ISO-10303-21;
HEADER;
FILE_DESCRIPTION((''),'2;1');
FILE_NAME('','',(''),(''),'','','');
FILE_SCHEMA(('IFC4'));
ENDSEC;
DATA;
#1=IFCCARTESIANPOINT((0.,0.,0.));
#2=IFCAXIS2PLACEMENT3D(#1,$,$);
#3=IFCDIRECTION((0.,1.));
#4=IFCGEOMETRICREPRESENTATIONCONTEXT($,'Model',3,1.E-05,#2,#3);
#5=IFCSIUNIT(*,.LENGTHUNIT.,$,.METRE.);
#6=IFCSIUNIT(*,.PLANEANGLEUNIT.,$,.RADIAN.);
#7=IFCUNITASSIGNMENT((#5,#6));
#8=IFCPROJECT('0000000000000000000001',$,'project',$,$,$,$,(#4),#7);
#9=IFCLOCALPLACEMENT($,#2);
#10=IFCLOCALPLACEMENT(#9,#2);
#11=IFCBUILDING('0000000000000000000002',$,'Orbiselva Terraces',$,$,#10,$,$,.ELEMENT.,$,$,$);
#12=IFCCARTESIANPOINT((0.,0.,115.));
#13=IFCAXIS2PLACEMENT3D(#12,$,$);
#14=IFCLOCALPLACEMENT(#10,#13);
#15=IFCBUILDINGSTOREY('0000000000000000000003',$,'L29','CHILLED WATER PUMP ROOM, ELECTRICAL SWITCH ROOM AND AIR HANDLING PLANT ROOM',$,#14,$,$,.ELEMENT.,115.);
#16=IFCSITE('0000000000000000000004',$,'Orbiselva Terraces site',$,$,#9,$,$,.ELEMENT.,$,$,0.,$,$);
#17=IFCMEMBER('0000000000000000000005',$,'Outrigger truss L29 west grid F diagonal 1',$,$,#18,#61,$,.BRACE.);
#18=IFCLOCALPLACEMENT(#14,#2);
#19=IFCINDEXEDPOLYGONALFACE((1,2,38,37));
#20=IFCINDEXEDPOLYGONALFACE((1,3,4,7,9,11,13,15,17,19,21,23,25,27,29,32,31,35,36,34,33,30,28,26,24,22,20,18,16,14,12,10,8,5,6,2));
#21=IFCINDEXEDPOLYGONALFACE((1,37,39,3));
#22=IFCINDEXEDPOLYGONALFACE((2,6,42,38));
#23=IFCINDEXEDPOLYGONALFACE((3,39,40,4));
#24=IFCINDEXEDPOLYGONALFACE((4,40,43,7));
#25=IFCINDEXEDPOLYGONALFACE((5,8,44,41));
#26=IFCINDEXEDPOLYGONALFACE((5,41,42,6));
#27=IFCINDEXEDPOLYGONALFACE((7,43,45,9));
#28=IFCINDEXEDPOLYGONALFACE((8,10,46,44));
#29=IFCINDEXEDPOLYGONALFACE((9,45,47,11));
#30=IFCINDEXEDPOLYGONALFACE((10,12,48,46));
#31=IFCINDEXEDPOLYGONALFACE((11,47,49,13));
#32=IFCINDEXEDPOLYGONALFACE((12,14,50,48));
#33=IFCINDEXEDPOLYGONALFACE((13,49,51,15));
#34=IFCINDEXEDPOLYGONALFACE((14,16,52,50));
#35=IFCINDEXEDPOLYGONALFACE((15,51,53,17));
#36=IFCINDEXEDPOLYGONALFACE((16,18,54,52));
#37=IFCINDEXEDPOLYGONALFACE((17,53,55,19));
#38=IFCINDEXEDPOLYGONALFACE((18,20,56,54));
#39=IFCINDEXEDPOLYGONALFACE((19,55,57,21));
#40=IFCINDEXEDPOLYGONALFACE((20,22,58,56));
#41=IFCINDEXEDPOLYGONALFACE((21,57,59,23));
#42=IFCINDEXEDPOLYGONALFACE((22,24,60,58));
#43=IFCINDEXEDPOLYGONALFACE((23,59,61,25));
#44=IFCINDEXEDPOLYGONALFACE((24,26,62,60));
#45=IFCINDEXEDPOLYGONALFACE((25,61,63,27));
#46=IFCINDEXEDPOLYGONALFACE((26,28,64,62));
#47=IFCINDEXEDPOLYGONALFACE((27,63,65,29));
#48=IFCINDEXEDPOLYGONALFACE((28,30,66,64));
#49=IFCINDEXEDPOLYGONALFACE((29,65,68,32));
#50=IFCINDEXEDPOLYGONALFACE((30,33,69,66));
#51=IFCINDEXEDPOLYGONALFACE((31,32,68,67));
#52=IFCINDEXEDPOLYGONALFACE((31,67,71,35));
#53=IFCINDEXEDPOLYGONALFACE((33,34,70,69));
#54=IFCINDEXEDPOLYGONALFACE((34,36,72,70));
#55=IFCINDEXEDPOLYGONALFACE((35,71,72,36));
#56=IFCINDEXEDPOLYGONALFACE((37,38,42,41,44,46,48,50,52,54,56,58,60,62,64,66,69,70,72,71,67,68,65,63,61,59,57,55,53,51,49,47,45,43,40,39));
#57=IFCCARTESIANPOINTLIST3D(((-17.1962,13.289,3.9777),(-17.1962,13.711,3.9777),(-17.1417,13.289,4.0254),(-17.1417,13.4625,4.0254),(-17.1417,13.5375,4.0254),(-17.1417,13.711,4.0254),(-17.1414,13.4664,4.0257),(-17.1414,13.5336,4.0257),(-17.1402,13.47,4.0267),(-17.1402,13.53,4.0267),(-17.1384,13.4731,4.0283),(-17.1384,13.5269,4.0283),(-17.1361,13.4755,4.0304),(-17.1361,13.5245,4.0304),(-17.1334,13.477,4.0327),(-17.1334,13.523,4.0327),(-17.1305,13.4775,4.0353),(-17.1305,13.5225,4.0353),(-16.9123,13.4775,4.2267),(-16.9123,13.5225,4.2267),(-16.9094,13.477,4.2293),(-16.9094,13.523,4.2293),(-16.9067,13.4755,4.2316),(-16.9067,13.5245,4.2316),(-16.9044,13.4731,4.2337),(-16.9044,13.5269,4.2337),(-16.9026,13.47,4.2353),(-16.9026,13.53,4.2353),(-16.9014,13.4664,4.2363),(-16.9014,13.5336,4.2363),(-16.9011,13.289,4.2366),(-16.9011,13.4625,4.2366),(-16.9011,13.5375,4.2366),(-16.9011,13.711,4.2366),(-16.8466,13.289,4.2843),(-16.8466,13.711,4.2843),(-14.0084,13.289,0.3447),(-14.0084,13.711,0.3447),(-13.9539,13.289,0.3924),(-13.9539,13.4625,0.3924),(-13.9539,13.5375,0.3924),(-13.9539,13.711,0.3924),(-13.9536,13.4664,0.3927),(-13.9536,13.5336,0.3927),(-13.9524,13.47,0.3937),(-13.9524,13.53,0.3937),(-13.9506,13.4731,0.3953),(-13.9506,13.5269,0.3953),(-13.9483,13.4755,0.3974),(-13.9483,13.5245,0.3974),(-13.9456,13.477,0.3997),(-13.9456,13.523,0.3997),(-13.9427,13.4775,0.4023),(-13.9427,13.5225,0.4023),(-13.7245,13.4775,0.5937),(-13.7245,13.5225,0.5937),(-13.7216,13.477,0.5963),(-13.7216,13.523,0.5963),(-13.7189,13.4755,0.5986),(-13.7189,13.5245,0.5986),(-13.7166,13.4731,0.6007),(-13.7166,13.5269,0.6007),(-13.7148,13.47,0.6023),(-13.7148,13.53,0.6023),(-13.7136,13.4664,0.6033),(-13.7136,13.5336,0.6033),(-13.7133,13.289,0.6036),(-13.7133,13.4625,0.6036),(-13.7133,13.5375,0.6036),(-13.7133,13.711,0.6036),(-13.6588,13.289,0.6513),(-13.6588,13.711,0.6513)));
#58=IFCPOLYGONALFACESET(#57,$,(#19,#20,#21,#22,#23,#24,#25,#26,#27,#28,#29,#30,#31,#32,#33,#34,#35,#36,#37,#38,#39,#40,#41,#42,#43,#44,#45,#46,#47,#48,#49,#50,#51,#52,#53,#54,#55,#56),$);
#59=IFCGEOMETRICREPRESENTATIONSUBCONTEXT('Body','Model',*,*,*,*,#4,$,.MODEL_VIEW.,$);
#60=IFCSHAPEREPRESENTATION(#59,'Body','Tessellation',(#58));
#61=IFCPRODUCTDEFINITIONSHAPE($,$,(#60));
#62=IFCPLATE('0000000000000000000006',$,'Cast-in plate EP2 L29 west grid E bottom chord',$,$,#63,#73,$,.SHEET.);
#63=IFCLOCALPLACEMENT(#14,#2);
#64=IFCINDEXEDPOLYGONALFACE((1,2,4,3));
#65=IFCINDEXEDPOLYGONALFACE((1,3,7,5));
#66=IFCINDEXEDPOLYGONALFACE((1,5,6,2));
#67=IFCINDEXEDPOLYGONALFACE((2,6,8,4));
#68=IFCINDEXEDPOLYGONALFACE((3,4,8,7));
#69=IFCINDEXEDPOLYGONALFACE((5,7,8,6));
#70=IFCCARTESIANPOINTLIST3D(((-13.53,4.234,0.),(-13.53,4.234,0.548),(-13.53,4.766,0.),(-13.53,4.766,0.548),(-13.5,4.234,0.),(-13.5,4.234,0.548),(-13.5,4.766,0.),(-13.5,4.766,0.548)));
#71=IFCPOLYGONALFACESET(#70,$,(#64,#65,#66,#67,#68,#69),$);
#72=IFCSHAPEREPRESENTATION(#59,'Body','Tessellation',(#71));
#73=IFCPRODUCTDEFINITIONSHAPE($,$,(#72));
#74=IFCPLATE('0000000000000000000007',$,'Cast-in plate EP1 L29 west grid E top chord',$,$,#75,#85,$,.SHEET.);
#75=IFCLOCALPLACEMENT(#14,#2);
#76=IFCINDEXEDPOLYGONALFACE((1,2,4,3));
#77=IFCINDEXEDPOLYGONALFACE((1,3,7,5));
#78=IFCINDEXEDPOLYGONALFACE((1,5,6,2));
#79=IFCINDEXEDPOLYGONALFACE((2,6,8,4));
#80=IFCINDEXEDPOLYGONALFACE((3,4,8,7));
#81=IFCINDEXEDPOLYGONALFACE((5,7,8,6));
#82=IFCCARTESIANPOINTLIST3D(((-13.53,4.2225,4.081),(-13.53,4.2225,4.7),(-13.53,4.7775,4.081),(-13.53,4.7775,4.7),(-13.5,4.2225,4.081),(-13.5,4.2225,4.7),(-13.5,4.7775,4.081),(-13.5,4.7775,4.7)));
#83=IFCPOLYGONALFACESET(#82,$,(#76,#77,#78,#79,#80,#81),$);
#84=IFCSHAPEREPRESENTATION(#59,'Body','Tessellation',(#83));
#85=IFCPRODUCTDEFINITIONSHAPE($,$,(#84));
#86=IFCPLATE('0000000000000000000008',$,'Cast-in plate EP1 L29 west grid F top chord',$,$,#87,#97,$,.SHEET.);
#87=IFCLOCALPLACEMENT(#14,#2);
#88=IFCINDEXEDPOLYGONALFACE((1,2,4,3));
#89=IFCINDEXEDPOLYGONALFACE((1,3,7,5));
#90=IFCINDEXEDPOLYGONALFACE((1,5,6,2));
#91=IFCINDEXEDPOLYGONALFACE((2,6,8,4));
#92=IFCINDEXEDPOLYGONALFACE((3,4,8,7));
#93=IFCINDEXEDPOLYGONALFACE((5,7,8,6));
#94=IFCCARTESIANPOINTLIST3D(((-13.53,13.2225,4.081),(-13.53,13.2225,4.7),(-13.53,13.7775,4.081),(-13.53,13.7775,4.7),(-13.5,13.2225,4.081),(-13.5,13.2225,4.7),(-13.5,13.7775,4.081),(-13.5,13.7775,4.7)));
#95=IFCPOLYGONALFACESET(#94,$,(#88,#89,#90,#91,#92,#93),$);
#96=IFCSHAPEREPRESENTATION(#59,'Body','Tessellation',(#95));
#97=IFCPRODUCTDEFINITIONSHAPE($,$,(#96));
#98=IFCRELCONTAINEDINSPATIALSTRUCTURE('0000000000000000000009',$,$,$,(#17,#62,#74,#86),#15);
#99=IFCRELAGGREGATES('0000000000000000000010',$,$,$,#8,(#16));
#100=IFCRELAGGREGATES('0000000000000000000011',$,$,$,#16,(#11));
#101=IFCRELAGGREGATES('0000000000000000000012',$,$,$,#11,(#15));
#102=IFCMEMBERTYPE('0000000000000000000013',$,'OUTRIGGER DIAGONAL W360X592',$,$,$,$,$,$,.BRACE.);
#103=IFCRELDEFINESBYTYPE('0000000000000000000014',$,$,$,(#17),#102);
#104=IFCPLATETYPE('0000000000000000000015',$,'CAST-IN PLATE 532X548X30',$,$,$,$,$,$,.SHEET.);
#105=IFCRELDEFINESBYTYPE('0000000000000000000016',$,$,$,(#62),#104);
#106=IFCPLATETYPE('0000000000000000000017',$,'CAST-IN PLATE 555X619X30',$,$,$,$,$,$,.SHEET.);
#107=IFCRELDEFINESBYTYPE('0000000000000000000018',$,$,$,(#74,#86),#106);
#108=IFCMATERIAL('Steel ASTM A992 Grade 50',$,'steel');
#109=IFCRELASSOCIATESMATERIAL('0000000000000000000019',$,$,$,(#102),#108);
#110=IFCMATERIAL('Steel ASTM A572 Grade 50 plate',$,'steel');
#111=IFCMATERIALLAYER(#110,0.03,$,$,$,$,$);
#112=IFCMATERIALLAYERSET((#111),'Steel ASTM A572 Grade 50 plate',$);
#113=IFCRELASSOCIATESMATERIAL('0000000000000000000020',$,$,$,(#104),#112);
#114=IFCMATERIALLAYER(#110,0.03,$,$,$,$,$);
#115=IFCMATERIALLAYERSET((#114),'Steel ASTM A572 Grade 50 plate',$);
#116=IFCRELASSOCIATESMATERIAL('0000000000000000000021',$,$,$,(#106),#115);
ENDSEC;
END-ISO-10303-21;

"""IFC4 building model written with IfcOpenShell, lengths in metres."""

from ifc_helpers import new_model, si_unit, direction, frame, origin, origin_2d, place, context, subcontext, project, spatial, rectangle, i_section, extrude, material, layer, layer_set, material_profile, profile_set, type_object, element, save


model = new_model("IFC4")

# Units and contexts
model_context = context("Model", 3, precision=1e-05, world=origin(), true_north=direction((0.0, 1.0)))
body_context = subcontext(model_context, "Body", "Model", "MODEL_VIEW")
ifc_project = project(units=[si_unit("LENGTHUNIT", "METRE"), si_unit("PLANEANGLEUNIT", "RADIAN")], contexts=[model_context])

# Site, building, storey
site_placement = place(None, origin())
site = spatial("IfcSite", under=ifc_project, at=site_placement, Name="Orbiselva Terraces site", CompositionType="ELEMENT", RefElevation=0.0)
building_placement = place(site_placement, origin())
building = spatial("IfcBuilding", under=site, at=building_placement, Name="Orbiselva Terraces", CompositionType="ELEMENT")
storey_placement = place(building_placement, frame((0.0, 0.0, 115.0)))
storey = spatial("IfcBuildingStorey", under=building, at=storey_placement, Name="L29", Description="CHILLED WATER PUMP ROOM, ELECTRICAL SWITCH ROOM AND AIR HANDLING PLANT ROOM", CompositionType="ELEMENT", Elevation=115.0)

# Member
ifc_material_1 = material(Name="Steel ASTM A992 Grade 50", Category="steel")
ifc_material_profile_1 = material_profile(ifc_material_1, i_section(OverallWidth=0.422, OverallDepth=0.465, WebThickness=0.045, FlangeThickness=0.0724, FilletRadius=0.015, at=origin_2d()), Name="W360X592")
ifc_profile_set_1 = profile_set([ifc_material_profile_1], Name="Steel ASTM A992 Grade 50")
member_type_1 = type_object("IfcMemberType", Name="OUTRIGGER DIAGONAL W360X592", PredefinedType="BRACE", material=ifc_profile_set_1)
member_1_placement = place(storey_placement, frame((-13.8336, 13.5, 0.498), z_axis=(-0.65955, 0.0, 0.751661), x_axis=(0.0, -1.0, 0.0)))
element("IfcMember", 1, at=member_1_placement, inside=storey, type_object=member_type_1, Name="Outrigger truss L29 west grid F diagonal 1", PredefinedType="BRACE", context=body_context, shape_type="SweptSolid", body=[
    extrude(i_section(OverallWidth=0.422, OverallDepth=0.465, WebThickness=0.045, FlangeThickness=0.0724, FilletRadius=0.015, at=origin_2d()), origin(), (0.0, 0.0, 1.0), 4.8333),
])

# Plates
ifc_material_2 = material(Name="Steel ASTM A572 Grade 50 plate", Category="steel")
ifc_layer_1 = layer(ifc_material_2, 0.03)
ifc_layer_set_1 = layer_set([ifc_layer_1], Name="Steel ASTM A572 Grade 50 plate")
plate_type_1 = type_object("IfcPlateType", Name="CAST-IN PLATE 532X548X30", PredefinedType="SHEET", material=ifc_layer_set_1)
plate_placement = place(storey_placement, frame((-13.515, 4.5, 0.0), z_axis=(0.0, 0.0, 1.0), x_axis=(1.0, 0.0, 0.0)))
element("IfcPlate", 2, at=plate_placement, inside=storey, type_object=plate_type_1, Name="Cast-in plate EP2 L29 west grid E bottom chord", PredefinedType="SHEET", context=body_context, shape_type="SweptSolid", body=[
    extrude(rectangle(XDim=0.03, YDim=0.532, at=origin_2d()), origin(), (0.0, 0.0, 1.0), 0.548),
])
ifc_layer_2 = layer(ifc_material_2, 0.03)
ifc_layer_set_2 = layer_set([ifc_layer_2], Name="Steel ASTM A572 Grade 50 plate")
plate_type_2 = type_object("IfcPlateType", Name="CAST-IN PLATE 555X619X30", PredefinedType="SHEET", material=ifc_layer_set_2)
for number, where, z_axis, x_axis, name in (
    (3, (-13.515, 4.5, 4.081), (0.0, 0.0, 1.0), (1.0, 0.0, 0.0), "Cast-in plate EP1 L29 west grid E top chord"),
    (4, (-13.515, 13.5, 4.081), (0.0, 0.0, 1.0), (1.0, 0.0, 0.0), "Cast-in plate EP1 L29 west grid F top chord"),
):
    element("IfcPlate", number, at=place(storey_placement, frame(where, z_axis=z_axis, x_axis=x_axis)), inside=storey, type_object=plate_type_2, Name=name, PredefinedType="SHEET", context=body_context, shape_type="SweptSolid", body=[
        extrude(rectangle(XDim=0.03, YDim=0.555, at=origin_2d()), origin(), (0.0, 0.0, 1.0), 0.619),
    ])

save(model, "model.ifc")
